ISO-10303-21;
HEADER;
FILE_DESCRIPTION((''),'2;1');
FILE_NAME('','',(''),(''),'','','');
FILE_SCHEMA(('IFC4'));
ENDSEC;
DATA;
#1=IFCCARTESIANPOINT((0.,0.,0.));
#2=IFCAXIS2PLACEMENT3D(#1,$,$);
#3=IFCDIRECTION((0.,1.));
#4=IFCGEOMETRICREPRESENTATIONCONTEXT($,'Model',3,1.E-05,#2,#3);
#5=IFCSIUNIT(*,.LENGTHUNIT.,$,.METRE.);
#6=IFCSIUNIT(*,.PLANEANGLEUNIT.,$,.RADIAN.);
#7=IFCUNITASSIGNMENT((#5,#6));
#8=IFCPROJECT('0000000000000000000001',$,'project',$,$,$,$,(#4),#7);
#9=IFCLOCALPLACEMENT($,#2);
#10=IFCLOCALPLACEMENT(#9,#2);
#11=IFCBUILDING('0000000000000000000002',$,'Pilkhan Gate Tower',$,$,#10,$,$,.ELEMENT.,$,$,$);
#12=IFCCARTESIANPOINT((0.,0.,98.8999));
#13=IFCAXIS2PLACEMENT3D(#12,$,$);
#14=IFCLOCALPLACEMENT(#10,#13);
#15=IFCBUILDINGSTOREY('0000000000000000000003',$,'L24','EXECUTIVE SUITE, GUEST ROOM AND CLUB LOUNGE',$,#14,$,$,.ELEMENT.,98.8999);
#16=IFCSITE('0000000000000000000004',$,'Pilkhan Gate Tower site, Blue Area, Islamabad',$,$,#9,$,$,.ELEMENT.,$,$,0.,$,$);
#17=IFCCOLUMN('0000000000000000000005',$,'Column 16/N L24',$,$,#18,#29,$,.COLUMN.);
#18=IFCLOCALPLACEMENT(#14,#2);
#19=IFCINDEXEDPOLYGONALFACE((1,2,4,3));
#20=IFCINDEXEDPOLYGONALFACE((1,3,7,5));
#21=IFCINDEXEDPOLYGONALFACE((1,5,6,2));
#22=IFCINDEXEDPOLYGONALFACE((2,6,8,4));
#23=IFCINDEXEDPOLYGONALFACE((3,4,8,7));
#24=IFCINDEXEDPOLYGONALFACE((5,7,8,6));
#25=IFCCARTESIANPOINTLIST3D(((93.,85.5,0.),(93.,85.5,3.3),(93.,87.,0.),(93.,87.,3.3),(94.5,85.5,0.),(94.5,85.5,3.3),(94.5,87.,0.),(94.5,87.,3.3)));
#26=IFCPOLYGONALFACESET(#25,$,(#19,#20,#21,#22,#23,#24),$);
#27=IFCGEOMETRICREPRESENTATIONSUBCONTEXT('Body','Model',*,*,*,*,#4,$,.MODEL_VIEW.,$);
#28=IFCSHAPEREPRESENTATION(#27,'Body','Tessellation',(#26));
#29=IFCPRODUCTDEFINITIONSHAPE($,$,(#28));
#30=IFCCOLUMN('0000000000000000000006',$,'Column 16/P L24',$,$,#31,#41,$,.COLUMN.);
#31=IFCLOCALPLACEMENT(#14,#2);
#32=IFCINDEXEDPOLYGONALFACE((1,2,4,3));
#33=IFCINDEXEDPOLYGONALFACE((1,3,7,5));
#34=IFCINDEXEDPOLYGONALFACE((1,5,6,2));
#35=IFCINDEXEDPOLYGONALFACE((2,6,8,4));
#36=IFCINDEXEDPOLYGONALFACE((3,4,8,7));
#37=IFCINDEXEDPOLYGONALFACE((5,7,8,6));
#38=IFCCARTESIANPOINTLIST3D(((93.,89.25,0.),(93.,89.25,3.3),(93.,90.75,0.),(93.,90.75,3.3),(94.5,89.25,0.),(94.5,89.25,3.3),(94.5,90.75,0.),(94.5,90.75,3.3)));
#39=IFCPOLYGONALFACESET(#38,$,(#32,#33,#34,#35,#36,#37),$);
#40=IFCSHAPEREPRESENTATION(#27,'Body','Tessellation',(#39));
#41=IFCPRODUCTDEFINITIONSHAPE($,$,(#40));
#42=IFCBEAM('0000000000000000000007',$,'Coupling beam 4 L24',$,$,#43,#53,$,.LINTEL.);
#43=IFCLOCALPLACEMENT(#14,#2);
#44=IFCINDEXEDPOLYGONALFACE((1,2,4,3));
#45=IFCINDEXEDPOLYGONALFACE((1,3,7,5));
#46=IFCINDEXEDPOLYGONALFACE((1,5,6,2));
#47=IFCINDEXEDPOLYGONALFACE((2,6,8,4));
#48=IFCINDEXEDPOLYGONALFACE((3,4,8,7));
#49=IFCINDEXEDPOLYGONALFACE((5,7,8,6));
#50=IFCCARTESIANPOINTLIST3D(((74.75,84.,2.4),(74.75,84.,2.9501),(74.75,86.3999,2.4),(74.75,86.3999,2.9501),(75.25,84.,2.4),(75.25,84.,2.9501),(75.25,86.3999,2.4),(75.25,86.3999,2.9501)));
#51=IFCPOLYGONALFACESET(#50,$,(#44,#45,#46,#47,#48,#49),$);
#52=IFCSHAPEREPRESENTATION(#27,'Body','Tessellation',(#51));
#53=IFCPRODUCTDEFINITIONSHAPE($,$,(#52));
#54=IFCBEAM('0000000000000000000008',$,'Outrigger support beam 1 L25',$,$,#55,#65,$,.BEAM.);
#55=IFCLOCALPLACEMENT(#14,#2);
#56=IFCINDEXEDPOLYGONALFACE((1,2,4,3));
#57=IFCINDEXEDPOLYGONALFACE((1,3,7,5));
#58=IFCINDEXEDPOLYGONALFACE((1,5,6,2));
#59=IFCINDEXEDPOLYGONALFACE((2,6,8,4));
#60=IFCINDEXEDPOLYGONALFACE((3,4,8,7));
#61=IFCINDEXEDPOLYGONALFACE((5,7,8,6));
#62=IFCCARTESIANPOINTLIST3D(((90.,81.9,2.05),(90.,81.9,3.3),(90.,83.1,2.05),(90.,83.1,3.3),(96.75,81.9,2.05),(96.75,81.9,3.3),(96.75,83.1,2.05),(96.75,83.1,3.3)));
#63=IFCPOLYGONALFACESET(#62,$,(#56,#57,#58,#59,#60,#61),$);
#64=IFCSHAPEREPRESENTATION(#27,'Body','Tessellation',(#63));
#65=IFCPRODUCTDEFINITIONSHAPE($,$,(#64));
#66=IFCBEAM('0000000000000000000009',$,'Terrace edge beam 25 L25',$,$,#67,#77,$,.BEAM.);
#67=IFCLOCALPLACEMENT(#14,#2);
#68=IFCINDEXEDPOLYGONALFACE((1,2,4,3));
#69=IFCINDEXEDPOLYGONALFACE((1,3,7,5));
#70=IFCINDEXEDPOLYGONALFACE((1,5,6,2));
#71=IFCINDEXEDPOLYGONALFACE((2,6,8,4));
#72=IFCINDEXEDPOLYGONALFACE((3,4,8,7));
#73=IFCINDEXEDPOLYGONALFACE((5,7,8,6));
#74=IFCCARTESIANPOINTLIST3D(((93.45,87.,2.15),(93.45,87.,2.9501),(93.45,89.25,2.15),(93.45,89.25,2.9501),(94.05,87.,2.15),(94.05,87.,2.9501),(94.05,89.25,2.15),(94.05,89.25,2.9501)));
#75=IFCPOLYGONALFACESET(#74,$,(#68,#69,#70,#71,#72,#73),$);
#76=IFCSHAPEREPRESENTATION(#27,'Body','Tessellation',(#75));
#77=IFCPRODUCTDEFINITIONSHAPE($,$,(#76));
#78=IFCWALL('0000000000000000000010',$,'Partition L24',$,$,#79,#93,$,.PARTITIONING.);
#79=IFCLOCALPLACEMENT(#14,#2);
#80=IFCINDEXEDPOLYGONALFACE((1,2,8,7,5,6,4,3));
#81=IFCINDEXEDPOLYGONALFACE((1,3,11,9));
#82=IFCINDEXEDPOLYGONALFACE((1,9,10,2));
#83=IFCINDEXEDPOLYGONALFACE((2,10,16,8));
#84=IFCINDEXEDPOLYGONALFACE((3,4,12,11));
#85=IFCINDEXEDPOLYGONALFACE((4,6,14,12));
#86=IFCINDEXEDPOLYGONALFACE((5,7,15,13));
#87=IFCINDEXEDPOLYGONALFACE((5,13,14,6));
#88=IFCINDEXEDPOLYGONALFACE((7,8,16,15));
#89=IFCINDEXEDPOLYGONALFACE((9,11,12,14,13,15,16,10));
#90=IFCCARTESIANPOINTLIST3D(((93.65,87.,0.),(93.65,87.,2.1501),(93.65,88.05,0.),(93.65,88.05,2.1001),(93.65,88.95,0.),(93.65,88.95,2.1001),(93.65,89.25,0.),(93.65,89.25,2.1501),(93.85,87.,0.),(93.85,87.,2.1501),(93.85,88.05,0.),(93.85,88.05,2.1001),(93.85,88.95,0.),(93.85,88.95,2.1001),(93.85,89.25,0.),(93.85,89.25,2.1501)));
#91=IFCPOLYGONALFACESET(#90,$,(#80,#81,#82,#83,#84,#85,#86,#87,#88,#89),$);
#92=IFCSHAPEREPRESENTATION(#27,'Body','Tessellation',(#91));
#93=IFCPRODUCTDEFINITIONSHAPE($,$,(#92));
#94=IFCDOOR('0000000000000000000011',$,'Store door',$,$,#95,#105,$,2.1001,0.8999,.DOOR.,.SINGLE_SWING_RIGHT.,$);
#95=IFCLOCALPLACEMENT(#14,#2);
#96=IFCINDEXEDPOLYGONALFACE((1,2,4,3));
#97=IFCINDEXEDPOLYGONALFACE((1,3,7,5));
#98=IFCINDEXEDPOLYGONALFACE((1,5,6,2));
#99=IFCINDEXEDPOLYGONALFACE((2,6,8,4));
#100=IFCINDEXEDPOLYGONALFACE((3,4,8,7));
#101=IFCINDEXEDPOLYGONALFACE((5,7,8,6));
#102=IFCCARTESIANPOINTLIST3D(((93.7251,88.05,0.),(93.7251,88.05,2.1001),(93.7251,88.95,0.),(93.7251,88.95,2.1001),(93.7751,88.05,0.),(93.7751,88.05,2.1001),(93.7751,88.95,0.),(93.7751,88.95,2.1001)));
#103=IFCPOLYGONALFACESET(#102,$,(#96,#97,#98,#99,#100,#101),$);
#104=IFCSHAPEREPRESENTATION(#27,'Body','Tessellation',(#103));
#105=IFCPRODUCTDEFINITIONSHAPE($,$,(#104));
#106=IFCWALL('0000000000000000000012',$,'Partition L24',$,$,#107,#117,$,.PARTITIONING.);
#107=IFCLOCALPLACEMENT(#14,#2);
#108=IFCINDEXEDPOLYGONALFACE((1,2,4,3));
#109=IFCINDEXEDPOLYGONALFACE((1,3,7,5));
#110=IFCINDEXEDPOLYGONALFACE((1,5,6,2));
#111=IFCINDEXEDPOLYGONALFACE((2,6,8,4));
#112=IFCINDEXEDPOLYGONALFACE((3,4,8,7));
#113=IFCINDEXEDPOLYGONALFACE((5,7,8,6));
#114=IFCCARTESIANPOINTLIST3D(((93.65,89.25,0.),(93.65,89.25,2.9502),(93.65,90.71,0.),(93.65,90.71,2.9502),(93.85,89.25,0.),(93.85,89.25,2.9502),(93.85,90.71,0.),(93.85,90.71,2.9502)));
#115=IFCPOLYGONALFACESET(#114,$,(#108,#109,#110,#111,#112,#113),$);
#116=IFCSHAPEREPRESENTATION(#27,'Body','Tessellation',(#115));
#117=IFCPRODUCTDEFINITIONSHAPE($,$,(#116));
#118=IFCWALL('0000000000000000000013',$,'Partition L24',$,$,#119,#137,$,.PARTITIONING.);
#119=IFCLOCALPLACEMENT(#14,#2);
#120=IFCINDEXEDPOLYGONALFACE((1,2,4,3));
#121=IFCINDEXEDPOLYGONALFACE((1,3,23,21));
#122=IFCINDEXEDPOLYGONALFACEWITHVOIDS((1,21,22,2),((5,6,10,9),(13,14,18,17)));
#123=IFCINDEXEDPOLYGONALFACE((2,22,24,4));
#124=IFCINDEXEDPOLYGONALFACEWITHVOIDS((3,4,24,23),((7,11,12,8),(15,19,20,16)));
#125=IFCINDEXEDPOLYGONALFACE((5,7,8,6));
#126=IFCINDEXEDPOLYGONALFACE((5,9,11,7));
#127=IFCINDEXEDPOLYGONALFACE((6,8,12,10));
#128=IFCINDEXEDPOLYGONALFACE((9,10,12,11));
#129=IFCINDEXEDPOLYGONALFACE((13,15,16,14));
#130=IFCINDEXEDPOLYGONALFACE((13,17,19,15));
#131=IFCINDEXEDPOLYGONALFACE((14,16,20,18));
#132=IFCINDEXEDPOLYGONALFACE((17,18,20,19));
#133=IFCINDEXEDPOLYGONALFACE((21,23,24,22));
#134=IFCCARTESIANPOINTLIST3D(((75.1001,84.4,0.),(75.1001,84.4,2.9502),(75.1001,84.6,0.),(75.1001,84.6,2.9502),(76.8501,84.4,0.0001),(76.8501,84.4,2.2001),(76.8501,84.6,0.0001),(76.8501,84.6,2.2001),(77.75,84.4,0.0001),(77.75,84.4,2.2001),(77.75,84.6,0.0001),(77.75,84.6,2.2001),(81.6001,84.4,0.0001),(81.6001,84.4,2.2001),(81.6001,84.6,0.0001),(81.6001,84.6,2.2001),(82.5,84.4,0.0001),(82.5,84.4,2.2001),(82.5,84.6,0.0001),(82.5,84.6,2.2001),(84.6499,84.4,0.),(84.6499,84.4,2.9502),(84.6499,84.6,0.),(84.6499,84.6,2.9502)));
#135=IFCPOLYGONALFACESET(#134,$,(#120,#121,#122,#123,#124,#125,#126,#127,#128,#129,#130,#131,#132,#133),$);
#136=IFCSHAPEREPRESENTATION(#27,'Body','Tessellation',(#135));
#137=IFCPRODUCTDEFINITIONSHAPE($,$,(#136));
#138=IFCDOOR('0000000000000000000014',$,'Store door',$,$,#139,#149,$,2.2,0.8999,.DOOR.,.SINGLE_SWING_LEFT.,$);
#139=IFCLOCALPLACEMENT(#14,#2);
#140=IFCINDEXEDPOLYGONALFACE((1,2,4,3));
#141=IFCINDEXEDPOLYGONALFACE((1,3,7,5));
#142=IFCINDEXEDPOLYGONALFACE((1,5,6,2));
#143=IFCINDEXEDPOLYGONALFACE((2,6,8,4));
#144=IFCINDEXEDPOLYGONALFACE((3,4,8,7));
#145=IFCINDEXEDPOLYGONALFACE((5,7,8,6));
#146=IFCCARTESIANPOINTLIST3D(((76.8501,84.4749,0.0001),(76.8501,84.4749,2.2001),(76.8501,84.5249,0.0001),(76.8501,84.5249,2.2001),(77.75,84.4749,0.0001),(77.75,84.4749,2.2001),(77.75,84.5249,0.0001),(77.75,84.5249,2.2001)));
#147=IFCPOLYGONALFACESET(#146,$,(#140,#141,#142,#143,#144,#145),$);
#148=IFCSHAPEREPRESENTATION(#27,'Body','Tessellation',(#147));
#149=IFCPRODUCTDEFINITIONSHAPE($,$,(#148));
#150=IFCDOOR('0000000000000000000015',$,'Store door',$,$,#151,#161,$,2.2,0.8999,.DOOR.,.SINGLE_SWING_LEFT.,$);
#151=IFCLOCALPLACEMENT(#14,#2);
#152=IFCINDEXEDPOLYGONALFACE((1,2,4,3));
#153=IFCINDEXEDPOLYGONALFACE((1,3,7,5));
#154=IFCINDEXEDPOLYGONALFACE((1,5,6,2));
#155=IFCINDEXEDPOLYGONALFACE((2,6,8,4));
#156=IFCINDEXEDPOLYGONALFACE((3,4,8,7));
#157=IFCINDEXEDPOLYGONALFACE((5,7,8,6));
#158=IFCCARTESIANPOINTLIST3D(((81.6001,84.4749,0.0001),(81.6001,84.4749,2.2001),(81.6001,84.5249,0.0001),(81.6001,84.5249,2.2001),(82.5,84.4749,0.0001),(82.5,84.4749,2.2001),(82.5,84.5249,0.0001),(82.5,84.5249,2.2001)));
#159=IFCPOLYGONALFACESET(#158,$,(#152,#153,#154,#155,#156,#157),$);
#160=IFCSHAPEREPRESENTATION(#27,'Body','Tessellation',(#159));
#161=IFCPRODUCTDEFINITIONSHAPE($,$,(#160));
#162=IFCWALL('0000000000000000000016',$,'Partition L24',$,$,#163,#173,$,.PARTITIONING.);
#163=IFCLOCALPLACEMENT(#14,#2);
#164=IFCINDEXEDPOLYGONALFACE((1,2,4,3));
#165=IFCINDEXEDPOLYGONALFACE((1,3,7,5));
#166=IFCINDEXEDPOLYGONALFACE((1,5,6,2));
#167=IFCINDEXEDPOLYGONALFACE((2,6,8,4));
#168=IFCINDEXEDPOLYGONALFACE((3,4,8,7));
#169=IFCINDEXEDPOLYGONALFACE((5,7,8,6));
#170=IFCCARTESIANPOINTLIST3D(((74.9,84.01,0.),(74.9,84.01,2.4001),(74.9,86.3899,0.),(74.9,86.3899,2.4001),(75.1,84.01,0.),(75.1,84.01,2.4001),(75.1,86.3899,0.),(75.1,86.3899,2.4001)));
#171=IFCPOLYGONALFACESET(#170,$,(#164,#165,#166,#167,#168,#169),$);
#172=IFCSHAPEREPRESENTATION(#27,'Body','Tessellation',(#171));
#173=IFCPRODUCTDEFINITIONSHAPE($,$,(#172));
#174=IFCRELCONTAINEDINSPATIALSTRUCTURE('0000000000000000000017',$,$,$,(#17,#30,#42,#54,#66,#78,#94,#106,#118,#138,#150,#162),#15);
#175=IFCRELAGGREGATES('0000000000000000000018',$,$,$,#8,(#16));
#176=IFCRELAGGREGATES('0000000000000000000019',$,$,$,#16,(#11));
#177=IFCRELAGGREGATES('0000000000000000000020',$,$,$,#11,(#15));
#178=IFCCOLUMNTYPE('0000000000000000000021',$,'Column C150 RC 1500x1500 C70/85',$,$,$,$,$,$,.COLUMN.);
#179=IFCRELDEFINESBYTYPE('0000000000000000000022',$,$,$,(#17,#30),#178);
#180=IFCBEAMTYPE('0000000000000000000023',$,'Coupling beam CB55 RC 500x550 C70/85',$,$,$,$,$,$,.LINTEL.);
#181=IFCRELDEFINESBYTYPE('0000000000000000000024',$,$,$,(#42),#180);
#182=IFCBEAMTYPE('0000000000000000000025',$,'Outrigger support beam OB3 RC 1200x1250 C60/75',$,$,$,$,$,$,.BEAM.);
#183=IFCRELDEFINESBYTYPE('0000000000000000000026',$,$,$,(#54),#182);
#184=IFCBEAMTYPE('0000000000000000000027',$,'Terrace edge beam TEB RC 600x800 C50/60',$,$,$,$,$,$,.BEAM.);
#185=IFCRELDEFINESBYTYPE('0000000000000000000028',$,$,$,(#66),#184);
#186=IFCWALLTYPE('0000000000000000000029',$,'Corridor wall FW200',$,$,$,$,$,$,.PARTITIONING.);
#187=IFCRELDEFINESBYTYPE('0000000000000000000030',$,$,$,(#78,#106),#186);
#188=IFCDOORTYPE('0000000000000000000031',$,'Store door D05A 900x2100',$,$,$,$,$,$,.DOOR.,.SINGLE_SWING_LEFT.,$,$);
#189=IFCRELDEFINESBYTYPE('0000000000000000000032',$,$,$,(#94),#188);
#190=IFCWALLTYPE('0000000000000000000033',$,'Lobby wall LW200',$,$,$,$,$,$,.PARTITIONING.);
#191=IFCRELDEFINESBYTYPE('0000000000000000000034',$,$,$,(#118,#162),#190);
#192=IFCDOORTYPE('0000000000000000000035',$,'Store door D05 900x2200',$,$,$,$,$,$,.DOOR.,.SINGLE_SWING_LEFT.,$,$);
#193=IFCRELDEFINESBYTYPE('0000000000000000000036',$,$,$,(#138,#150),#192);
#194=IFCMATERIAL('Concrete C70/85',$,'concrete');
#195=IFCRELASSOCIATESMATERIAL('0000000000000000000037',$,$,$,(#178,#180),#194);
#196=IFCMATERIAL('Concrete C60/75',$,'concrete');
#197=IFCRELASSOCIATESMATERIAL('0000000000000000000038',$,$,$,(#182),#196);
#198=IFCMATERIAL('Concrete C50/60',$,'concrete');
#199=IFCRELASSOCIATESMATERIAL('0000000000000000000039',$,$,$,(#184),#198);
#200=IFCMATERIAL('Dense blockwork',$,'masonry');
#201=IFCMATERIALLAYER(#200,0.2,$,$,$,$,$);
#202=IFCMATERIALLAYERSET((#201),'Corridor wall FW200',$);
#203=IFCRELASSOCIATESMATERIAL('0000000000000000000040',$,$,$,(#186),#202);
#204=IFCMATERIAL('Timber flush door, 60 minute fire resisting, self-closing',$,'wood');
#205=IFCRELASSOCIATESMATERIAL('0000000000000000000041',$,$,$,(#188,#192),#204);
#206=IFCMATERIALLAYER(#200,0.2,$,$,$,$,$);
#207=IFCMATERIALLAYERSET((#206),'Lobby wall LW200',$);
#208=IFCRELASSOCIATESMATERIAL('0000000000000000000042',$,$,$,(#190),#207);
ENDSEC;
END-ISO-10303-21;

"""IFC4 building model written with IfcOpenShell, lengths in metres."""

from ifc_helpers import new_model, si_unit, direction, frame, frame_2d, origin, origin_2d, place, context, subcontext, project, spatial, rectangle, extrude, material, layer, layer_set, material_profile, profile_set, type_object, element, fill, save


model = new_model("IFC4")

# Units and contexts
model_context = context("Model", 3, precision=1e-05, world=origin(), true_north=direction((0.0, 1.0)))
body_context = subcontext(model_context, "Body", "Model", "MODEL_VIEW")
ifc_project = project(units=[si_unit("LENGTHUNIT", "METRE"), si_unit("PLANEANGLEUNIT", "RADIAN")], contexts=[model_context])

# Site, building, storey
site_placement = place(None, origin())
site = spatial("IfcSite", under=ifc_project, at=site_placement, Name="Pilkhan Gate Tower site, Blue Area, Islamabad", CompositionType="ELEMENT", RefElevation=0.0)
building_placement = place(site_placement, origin())
building = spatial("IfcBuilding", under=site, at=building_placement, Name="Pilkhan Gate Tower", CompositionType="ELEMENT")
storey_placement = place(building_placement, frame((0.0, 0.0, 98.8999)))
storey = spatial("IfcBuildingStorey", under=building, at=storey_placement, Name="L24", Description="EXECUTIVE SUITE, GUEST ROOM AND CLUB LOUNGE", CompositionType="ELEMENT", Elevation=98.8999)

# Columns
ifc_material_1 = material(Name="Concrete C70/85", Category="concrete")
ifc_material_profile_1 = material_profile(ifc_material_1, rectangle(XDim=1.5, YDim=1.5, at=origin_2d()), Name="RC 1500x1500")
ifc_profile_set_1 = profile_set([ifc_material_profile_1], Name="Concrete C70/85")
column_type = type_object("IfcColumnType", Name="Column C150 RC 1500x1500 C70/85", PredefinedType="COLUMN", material=ifc_profile_set_1)
for number, where, z_axis, x_axis, name in (
    (1, (93.75, 86.25, 0.0), (0.0, 0.0, 1.0), (1.0, 0.0, 0.0), "Column 16/N L24"),
    (2, (93.75, 90.0, 0.0), (0.0, 0.0, 1.0), (1.0, 0.0, 0.0), "Column 16/P L24"),
):
    element("IfcColumn", number, at=place(storey_placement, frame(where, z_axis=z_axis, x_axis=x_axis)), inside=storey, type_object=column_type, Name=name, PredefinedType="COLUMN", context=body_context, shape_type="SweptSolid", body=[
        extrude(rectangle(XDim=1.5, YDim=1.5, at=origin_2d()), origin(), (0.0, 0.0, 1.0), 3.3),
    ])

# Beams
ifc_material_profile_2 = material_profile(ifc_material_1, rectangle(XDim=0.5, YDim=0.55, at=origin_2d()), Name="RC 500x550")
ifc_profile_set_2 = profile_set([ifc_material_profile_2], Name="Concrete C70/85")
beam_type_1 = type_object("IfcBeamType", Name="Coupling beam CB55 RC 500x550 C70/85", PredefinedType="LINTEL", material=ifc_profile_set_2)
beam_1_placement = place(storey_placement, frame((75.0, 84.0, 2.675), z_axis=(0.0, 1.0, 0.0), x_axis=(-1.0, 0.0, 0.0)))
element("IfcBeam", 3, at=beam_1_placement, inside=storey, type_object=beam_type_1, Name="Coupling beam 4 L24", PredefinedType="LINTEL", context=body_context, shape_type="SweptSolid", body=[
    extrude(rectangle(XDim=0.5, YDim=0.55, at=origin_2d()), origin(), (0.0, 0.0, 1.0), 2.3999),
])
ifc_material_2 = material(Name="Concrete C60/75", Category="concrete")
ifc_material_profile_3 = material_profile(ifc_material_2, rectangle(XDim=1.2, YDim=1.25, at=origin_2d()), Name="RC 1200x1250")
ifc_profile_set_3 = profile_set([ifc_material_profile_3], Name="Concrete C60/75")
beam_type_2 = type_object("IfcBeamType", Name="Outrigger support beam OB3 RC 1200x1250 C60/75", PredefinedType="BEAM", material=ifc_profile_set_3)
beam_2_placement = place(storey_placement, frame((90.0, 82.5, 2.675), z_axis=(1.0, 0.0, 0.0), x_axis=(0.0, 1.0, 0.0)))
element("IfcBeam", 4, at=beam_2_placement, inside=storey, type_object=beam_type_2, Name="Outrigger support beam 1 L25", PredefinedType="BEAM", context=body_context, shape_type="SweptSolid", body=[
    extrude(rectangle(XDim=1.2, YDim=1.25, at=origin_2d()), origin(), (0.0, 0.0, 1.0), 6.75),
])
ifc_material_3 = material(Name="Concrete C50/60", Category="concrete")
ifc_material_profile_4 = material_profile(ifc_material_3, rectangle(XDim=0.6001, YDim=0.8, at=origin_2d()), Name="RC 600x800")
ifc_profile_set_4 = profile_set([ifc_material_profile_4], Name="Concrete C50/60")
beam_type_3 = type_object("IfcBeamType", Name="Terrace edge beam TEB RC 600x800 C50/60", PredefinedType="BEAM", material=ifc_profile_set_4)
beam_3_placement = place(storey_placement, frame((93.75, 89.25, 2.55), z_axis=(0.0, -1.0, 0.0), x_axis=(1.0, 0.0, 0.0)))
element("IfcBeam", 5, at=beam_3_placement, inside=storey, type_object=beam_type_3, Name="Terrace edge beam 25 L25", PredefinedType="BEAM", context=body_context, shape_type="SweptSolid", body=[
    extrude(rectangle(XDim=0.6001, YDim=0.8, at=origin_2d()), origin(), (0.0, 0.0, 1.0), 2.25),
])

# Wall, opening, door
ifc_material_4 = material(Name="Dense blockwork", Category="masonry")
ifc_layer_1 = layer(ifc_material_4, 0.2)
ifc_layer_set_1 = layer_set([ifc_layer_1], Name="Corridor wall FW200")
wall_type_1 = type_object("IfcWallType", Name="Corridor wall FW200", PredefinedType="PARTITIONING", material=ifc_layer_set_1)
wall_1_placement = place(storey_placement, frame((93.75, 87.0, 0.0), z_axis=(0.0, 0.0, 1.0), x_axis=(0.0, 1.0, 0.0)))
wall_1 = element("IfcWall", 6, at=wall_1_placement, inside=storey, type_object=wall_type_1, Name="Partition L24", PredefinedType="PARTITIONING", context=body_context, shape_type="SweptSolid", body=[
    extrude(rectangle(XDim=2.25, YDim=0.2, at=frame_2d((1.125, 0.0))), origin(), (0.0, 0.0, 1.0), 2.1501),
])
opening_1_placement = place(wall_1_placement, frame((1.05, 0.0, 0.0)))
opening_1 = element("IfcOpeningElement", 7, at=opening_1_placement, cuts=wall_1, PredefinedType="OPENING", context=body_context, shape_type="SweptSolid", body=[
    extrude(rectangle(XDim=0.8999, YDim=2.1001, at=frame_2d((0.45, 1.05))), frame((0.0, 0.1099, 0.0), z_axis=(0.0, -1.0, 0.0), x_axis=(1.0, 0.0, 0.0)), (0.0, 0.0, 1.0), 0.22),
])
ifc_material_5 = material(Name="Timber flush door, 60 minute fire resisting, self-closing", Category="wood")
door_type_1 = type_object("IfcDoorType", Name="Store door D05A 900x2100", OperationType="SINGLE_SWING_LEFT", PredefinedType="DOOR", material=ifc_material_5)
door_1_placement = place(opening_1_placement, origin())
door_1 = element("IfcDoor", 8, at=door_1_placement, inside=storey, type_object=door_type_1, Name="Store door", OperationType="SINGLE_SWING_RIGHT", OverallHeight=2.1001, OverallWidth=0.8999, PredefinedType="DOOR", context=body_context, shape_type="SweptSolid", body=[
    extrude(rectangle(XDim=0.8999, YDim=2.1001, at=frame_2d((0.45, 1.05))), frame((0.0, 0.0249, 0.0), z_axis=(0.0, -1.0, 0.0), x_axis=(1.0, 0.0, 0.0)), (0.0, 0.0, 1.0), 0.05),
])
fill(opening_1, door_1)

# Wall
wall_2_placement = place(storey_placement, frame((93.75, 89.25, 0.0), z_axis=(0.0, 0.0, 1.0), x_axis=(0.0, 1.0, 0.0)))
element("IfcWall", 9, at=wall_2_placement, inside=storey, type_object=wall_type_1, Name="Partition L24", PredefinedType="PARTITIONING", context=body_context, shape_type="SweptSolid", body=[
    extrude(rectangle(XDim=1.46, YDim=0.2, at=frame_2d((0.73, 0.0))), origin(), (0.0, 0.0, 1.0), 2.9502),
])

# Wall, openings, doors
ifc_layer_2 = layer(ifc_material_4, 0.2)
ifc_layer_set_2 = layer_set([ifc_layer_2], Name="Lobby wall LW200")
wall_type_2 = type_object("IfcWallType", Name="Lobby wall LW200", PredefinedType="PARTITIONING", material=ifc_layer_set_2)
wall_3_placement = place(storey_placement, frame((75.1001, 84.5, 0.0), z_axis=(0.0, 0.0, 1.0), x_axis=(1.0, 0.0, 0.0)))
wall_3 = element("IfcWall", 10, at=wall_3_placement, inside=storey, type_object=wall_type_2, Name="Partition L24", PredefinedType="PARTITIONING", context=body_context, shape_type="SweptSolid", body=[
    extrude(rectangle(XDim=9.5498, YDim=0.2, at=frame_2d((4.7749, 0.0))), origin(), (0.0, 0.0, 1.0), 2.9502),
])
opening_2_placement = place(wall_3_placement, frame((1.75, 0.0, 0.0)))
opening_2 = element("IfcOpeningElement", 11, at=opening_2_placement, cuts=wall_3, PredefinedType="OPENING", context=body_context, shape_type="SweptSolid", body=[
    extrude(rectangle(XDim=0.8999, YDim=2.2, at=frame_2d((0.45, 1.1001))), frame((0.0, 0.1099, 0.0), z_axis=(0.0, -1.0, 0.0), x_axis=(1.0, 0.0, 0.0)), (0.0, 0.0, 1.0), 0.22),
])
opening_3_placement = place(wall_3_placement, frame((6.5, 0.0, 0.0)))
opening_3 = element("IfcOpeningElement", 12, at=opening_3_placement, cuts=wall_3, PredefinedType="OPENING", context=body_context, shape_type="SweptSolid", body=[
    extrude(rectangle(XDim=0.8999, YDim=2.2, at=frame_2d((0.45, 1.1001))), frame((0.0, 0.1099, 0.0), z_axis=(0.0, -1.0, 0.0), x_axis=(1.0, 0.0, 0.0)), (0.0, 0.0, 1.0), 0.22),
])
door_type_2 = type_object("IfcDoorType", Name="Store door D05 900x2200", OperationType="SINGLE_SWING_LEFT", PredefinedType="DOOR", material=ifc_material_5)
door_2_placement = place(opening_2_placement, origin())
door_2 = element("IfcDoor", 13, at=door_2_placement, inside=storey, type_object=door_type_2, Name="Store door", OperationType="SINGLE_SWING_LEFT", OverallHeight=2.2, OverallWidth=0.8999, PredefinedType="DOOR", context=body_context, shape_type="SweptSolid", body=[
    extrude(rectangle(XDim=0.8999, YDim=2.2, at=frame_2d((0.45, 1.1001))), frame((0.0, 0.0249, 0.0), z_axis=(0.0, -1.0, 0.0), x_axis=(1.0, 0.0, 0.0)), (0.0, 0.0, 1.0), 0.05),
])
fill(opening_2, door_2)
door_3_placement = place(opening_3_placement, origin())
door_3 = element("IfcDoor", 14, at=door_3_placement, inside=storey, type_object=door_type_2, Name="Store door", OperationType="SINGLE_SWING_LEFT", OverallHeight=2.2, OverallWidth=0.8999, PredefinedType="DOOR", context=body_context, shape_type="SweptSolid", body=[
    extrude(rectangle(XDim=0.8999, YDim=2.2, at=frame_2d((0.45, 1.1001))), frame((0.0, 0.0249, 0.0), z_axis=(0.0, -1.0, 0.0), x_axis=(1.0, 0.0, 0.0)), (0.0, 0.0, 1.0), 0.05),
])
fill(opening_3, door_3)

# Wall
wall_4_placement = place(storey_placement, frame((75.0, 84.01, 0.0), z_axis=(0.0, 0.0, 1.0), x_axis=(0.0, 1.0, 0.0)))
element("IfcWall", 15, at=wall_4_placement, inside=storey, type_object=wall_type_2, Name="Partition L24", PredefinedType="PARTITIONING", context=body_context, shape_type="SweptSolid", body=[
    extrude(rectangle(XDim=2.3799, YDim=0.2, at=frame_2d((1.1899, 0.0))), origin(), (0.0, 0.0, 1.0), 2.4001),
])

save(model, "model.ifc")
